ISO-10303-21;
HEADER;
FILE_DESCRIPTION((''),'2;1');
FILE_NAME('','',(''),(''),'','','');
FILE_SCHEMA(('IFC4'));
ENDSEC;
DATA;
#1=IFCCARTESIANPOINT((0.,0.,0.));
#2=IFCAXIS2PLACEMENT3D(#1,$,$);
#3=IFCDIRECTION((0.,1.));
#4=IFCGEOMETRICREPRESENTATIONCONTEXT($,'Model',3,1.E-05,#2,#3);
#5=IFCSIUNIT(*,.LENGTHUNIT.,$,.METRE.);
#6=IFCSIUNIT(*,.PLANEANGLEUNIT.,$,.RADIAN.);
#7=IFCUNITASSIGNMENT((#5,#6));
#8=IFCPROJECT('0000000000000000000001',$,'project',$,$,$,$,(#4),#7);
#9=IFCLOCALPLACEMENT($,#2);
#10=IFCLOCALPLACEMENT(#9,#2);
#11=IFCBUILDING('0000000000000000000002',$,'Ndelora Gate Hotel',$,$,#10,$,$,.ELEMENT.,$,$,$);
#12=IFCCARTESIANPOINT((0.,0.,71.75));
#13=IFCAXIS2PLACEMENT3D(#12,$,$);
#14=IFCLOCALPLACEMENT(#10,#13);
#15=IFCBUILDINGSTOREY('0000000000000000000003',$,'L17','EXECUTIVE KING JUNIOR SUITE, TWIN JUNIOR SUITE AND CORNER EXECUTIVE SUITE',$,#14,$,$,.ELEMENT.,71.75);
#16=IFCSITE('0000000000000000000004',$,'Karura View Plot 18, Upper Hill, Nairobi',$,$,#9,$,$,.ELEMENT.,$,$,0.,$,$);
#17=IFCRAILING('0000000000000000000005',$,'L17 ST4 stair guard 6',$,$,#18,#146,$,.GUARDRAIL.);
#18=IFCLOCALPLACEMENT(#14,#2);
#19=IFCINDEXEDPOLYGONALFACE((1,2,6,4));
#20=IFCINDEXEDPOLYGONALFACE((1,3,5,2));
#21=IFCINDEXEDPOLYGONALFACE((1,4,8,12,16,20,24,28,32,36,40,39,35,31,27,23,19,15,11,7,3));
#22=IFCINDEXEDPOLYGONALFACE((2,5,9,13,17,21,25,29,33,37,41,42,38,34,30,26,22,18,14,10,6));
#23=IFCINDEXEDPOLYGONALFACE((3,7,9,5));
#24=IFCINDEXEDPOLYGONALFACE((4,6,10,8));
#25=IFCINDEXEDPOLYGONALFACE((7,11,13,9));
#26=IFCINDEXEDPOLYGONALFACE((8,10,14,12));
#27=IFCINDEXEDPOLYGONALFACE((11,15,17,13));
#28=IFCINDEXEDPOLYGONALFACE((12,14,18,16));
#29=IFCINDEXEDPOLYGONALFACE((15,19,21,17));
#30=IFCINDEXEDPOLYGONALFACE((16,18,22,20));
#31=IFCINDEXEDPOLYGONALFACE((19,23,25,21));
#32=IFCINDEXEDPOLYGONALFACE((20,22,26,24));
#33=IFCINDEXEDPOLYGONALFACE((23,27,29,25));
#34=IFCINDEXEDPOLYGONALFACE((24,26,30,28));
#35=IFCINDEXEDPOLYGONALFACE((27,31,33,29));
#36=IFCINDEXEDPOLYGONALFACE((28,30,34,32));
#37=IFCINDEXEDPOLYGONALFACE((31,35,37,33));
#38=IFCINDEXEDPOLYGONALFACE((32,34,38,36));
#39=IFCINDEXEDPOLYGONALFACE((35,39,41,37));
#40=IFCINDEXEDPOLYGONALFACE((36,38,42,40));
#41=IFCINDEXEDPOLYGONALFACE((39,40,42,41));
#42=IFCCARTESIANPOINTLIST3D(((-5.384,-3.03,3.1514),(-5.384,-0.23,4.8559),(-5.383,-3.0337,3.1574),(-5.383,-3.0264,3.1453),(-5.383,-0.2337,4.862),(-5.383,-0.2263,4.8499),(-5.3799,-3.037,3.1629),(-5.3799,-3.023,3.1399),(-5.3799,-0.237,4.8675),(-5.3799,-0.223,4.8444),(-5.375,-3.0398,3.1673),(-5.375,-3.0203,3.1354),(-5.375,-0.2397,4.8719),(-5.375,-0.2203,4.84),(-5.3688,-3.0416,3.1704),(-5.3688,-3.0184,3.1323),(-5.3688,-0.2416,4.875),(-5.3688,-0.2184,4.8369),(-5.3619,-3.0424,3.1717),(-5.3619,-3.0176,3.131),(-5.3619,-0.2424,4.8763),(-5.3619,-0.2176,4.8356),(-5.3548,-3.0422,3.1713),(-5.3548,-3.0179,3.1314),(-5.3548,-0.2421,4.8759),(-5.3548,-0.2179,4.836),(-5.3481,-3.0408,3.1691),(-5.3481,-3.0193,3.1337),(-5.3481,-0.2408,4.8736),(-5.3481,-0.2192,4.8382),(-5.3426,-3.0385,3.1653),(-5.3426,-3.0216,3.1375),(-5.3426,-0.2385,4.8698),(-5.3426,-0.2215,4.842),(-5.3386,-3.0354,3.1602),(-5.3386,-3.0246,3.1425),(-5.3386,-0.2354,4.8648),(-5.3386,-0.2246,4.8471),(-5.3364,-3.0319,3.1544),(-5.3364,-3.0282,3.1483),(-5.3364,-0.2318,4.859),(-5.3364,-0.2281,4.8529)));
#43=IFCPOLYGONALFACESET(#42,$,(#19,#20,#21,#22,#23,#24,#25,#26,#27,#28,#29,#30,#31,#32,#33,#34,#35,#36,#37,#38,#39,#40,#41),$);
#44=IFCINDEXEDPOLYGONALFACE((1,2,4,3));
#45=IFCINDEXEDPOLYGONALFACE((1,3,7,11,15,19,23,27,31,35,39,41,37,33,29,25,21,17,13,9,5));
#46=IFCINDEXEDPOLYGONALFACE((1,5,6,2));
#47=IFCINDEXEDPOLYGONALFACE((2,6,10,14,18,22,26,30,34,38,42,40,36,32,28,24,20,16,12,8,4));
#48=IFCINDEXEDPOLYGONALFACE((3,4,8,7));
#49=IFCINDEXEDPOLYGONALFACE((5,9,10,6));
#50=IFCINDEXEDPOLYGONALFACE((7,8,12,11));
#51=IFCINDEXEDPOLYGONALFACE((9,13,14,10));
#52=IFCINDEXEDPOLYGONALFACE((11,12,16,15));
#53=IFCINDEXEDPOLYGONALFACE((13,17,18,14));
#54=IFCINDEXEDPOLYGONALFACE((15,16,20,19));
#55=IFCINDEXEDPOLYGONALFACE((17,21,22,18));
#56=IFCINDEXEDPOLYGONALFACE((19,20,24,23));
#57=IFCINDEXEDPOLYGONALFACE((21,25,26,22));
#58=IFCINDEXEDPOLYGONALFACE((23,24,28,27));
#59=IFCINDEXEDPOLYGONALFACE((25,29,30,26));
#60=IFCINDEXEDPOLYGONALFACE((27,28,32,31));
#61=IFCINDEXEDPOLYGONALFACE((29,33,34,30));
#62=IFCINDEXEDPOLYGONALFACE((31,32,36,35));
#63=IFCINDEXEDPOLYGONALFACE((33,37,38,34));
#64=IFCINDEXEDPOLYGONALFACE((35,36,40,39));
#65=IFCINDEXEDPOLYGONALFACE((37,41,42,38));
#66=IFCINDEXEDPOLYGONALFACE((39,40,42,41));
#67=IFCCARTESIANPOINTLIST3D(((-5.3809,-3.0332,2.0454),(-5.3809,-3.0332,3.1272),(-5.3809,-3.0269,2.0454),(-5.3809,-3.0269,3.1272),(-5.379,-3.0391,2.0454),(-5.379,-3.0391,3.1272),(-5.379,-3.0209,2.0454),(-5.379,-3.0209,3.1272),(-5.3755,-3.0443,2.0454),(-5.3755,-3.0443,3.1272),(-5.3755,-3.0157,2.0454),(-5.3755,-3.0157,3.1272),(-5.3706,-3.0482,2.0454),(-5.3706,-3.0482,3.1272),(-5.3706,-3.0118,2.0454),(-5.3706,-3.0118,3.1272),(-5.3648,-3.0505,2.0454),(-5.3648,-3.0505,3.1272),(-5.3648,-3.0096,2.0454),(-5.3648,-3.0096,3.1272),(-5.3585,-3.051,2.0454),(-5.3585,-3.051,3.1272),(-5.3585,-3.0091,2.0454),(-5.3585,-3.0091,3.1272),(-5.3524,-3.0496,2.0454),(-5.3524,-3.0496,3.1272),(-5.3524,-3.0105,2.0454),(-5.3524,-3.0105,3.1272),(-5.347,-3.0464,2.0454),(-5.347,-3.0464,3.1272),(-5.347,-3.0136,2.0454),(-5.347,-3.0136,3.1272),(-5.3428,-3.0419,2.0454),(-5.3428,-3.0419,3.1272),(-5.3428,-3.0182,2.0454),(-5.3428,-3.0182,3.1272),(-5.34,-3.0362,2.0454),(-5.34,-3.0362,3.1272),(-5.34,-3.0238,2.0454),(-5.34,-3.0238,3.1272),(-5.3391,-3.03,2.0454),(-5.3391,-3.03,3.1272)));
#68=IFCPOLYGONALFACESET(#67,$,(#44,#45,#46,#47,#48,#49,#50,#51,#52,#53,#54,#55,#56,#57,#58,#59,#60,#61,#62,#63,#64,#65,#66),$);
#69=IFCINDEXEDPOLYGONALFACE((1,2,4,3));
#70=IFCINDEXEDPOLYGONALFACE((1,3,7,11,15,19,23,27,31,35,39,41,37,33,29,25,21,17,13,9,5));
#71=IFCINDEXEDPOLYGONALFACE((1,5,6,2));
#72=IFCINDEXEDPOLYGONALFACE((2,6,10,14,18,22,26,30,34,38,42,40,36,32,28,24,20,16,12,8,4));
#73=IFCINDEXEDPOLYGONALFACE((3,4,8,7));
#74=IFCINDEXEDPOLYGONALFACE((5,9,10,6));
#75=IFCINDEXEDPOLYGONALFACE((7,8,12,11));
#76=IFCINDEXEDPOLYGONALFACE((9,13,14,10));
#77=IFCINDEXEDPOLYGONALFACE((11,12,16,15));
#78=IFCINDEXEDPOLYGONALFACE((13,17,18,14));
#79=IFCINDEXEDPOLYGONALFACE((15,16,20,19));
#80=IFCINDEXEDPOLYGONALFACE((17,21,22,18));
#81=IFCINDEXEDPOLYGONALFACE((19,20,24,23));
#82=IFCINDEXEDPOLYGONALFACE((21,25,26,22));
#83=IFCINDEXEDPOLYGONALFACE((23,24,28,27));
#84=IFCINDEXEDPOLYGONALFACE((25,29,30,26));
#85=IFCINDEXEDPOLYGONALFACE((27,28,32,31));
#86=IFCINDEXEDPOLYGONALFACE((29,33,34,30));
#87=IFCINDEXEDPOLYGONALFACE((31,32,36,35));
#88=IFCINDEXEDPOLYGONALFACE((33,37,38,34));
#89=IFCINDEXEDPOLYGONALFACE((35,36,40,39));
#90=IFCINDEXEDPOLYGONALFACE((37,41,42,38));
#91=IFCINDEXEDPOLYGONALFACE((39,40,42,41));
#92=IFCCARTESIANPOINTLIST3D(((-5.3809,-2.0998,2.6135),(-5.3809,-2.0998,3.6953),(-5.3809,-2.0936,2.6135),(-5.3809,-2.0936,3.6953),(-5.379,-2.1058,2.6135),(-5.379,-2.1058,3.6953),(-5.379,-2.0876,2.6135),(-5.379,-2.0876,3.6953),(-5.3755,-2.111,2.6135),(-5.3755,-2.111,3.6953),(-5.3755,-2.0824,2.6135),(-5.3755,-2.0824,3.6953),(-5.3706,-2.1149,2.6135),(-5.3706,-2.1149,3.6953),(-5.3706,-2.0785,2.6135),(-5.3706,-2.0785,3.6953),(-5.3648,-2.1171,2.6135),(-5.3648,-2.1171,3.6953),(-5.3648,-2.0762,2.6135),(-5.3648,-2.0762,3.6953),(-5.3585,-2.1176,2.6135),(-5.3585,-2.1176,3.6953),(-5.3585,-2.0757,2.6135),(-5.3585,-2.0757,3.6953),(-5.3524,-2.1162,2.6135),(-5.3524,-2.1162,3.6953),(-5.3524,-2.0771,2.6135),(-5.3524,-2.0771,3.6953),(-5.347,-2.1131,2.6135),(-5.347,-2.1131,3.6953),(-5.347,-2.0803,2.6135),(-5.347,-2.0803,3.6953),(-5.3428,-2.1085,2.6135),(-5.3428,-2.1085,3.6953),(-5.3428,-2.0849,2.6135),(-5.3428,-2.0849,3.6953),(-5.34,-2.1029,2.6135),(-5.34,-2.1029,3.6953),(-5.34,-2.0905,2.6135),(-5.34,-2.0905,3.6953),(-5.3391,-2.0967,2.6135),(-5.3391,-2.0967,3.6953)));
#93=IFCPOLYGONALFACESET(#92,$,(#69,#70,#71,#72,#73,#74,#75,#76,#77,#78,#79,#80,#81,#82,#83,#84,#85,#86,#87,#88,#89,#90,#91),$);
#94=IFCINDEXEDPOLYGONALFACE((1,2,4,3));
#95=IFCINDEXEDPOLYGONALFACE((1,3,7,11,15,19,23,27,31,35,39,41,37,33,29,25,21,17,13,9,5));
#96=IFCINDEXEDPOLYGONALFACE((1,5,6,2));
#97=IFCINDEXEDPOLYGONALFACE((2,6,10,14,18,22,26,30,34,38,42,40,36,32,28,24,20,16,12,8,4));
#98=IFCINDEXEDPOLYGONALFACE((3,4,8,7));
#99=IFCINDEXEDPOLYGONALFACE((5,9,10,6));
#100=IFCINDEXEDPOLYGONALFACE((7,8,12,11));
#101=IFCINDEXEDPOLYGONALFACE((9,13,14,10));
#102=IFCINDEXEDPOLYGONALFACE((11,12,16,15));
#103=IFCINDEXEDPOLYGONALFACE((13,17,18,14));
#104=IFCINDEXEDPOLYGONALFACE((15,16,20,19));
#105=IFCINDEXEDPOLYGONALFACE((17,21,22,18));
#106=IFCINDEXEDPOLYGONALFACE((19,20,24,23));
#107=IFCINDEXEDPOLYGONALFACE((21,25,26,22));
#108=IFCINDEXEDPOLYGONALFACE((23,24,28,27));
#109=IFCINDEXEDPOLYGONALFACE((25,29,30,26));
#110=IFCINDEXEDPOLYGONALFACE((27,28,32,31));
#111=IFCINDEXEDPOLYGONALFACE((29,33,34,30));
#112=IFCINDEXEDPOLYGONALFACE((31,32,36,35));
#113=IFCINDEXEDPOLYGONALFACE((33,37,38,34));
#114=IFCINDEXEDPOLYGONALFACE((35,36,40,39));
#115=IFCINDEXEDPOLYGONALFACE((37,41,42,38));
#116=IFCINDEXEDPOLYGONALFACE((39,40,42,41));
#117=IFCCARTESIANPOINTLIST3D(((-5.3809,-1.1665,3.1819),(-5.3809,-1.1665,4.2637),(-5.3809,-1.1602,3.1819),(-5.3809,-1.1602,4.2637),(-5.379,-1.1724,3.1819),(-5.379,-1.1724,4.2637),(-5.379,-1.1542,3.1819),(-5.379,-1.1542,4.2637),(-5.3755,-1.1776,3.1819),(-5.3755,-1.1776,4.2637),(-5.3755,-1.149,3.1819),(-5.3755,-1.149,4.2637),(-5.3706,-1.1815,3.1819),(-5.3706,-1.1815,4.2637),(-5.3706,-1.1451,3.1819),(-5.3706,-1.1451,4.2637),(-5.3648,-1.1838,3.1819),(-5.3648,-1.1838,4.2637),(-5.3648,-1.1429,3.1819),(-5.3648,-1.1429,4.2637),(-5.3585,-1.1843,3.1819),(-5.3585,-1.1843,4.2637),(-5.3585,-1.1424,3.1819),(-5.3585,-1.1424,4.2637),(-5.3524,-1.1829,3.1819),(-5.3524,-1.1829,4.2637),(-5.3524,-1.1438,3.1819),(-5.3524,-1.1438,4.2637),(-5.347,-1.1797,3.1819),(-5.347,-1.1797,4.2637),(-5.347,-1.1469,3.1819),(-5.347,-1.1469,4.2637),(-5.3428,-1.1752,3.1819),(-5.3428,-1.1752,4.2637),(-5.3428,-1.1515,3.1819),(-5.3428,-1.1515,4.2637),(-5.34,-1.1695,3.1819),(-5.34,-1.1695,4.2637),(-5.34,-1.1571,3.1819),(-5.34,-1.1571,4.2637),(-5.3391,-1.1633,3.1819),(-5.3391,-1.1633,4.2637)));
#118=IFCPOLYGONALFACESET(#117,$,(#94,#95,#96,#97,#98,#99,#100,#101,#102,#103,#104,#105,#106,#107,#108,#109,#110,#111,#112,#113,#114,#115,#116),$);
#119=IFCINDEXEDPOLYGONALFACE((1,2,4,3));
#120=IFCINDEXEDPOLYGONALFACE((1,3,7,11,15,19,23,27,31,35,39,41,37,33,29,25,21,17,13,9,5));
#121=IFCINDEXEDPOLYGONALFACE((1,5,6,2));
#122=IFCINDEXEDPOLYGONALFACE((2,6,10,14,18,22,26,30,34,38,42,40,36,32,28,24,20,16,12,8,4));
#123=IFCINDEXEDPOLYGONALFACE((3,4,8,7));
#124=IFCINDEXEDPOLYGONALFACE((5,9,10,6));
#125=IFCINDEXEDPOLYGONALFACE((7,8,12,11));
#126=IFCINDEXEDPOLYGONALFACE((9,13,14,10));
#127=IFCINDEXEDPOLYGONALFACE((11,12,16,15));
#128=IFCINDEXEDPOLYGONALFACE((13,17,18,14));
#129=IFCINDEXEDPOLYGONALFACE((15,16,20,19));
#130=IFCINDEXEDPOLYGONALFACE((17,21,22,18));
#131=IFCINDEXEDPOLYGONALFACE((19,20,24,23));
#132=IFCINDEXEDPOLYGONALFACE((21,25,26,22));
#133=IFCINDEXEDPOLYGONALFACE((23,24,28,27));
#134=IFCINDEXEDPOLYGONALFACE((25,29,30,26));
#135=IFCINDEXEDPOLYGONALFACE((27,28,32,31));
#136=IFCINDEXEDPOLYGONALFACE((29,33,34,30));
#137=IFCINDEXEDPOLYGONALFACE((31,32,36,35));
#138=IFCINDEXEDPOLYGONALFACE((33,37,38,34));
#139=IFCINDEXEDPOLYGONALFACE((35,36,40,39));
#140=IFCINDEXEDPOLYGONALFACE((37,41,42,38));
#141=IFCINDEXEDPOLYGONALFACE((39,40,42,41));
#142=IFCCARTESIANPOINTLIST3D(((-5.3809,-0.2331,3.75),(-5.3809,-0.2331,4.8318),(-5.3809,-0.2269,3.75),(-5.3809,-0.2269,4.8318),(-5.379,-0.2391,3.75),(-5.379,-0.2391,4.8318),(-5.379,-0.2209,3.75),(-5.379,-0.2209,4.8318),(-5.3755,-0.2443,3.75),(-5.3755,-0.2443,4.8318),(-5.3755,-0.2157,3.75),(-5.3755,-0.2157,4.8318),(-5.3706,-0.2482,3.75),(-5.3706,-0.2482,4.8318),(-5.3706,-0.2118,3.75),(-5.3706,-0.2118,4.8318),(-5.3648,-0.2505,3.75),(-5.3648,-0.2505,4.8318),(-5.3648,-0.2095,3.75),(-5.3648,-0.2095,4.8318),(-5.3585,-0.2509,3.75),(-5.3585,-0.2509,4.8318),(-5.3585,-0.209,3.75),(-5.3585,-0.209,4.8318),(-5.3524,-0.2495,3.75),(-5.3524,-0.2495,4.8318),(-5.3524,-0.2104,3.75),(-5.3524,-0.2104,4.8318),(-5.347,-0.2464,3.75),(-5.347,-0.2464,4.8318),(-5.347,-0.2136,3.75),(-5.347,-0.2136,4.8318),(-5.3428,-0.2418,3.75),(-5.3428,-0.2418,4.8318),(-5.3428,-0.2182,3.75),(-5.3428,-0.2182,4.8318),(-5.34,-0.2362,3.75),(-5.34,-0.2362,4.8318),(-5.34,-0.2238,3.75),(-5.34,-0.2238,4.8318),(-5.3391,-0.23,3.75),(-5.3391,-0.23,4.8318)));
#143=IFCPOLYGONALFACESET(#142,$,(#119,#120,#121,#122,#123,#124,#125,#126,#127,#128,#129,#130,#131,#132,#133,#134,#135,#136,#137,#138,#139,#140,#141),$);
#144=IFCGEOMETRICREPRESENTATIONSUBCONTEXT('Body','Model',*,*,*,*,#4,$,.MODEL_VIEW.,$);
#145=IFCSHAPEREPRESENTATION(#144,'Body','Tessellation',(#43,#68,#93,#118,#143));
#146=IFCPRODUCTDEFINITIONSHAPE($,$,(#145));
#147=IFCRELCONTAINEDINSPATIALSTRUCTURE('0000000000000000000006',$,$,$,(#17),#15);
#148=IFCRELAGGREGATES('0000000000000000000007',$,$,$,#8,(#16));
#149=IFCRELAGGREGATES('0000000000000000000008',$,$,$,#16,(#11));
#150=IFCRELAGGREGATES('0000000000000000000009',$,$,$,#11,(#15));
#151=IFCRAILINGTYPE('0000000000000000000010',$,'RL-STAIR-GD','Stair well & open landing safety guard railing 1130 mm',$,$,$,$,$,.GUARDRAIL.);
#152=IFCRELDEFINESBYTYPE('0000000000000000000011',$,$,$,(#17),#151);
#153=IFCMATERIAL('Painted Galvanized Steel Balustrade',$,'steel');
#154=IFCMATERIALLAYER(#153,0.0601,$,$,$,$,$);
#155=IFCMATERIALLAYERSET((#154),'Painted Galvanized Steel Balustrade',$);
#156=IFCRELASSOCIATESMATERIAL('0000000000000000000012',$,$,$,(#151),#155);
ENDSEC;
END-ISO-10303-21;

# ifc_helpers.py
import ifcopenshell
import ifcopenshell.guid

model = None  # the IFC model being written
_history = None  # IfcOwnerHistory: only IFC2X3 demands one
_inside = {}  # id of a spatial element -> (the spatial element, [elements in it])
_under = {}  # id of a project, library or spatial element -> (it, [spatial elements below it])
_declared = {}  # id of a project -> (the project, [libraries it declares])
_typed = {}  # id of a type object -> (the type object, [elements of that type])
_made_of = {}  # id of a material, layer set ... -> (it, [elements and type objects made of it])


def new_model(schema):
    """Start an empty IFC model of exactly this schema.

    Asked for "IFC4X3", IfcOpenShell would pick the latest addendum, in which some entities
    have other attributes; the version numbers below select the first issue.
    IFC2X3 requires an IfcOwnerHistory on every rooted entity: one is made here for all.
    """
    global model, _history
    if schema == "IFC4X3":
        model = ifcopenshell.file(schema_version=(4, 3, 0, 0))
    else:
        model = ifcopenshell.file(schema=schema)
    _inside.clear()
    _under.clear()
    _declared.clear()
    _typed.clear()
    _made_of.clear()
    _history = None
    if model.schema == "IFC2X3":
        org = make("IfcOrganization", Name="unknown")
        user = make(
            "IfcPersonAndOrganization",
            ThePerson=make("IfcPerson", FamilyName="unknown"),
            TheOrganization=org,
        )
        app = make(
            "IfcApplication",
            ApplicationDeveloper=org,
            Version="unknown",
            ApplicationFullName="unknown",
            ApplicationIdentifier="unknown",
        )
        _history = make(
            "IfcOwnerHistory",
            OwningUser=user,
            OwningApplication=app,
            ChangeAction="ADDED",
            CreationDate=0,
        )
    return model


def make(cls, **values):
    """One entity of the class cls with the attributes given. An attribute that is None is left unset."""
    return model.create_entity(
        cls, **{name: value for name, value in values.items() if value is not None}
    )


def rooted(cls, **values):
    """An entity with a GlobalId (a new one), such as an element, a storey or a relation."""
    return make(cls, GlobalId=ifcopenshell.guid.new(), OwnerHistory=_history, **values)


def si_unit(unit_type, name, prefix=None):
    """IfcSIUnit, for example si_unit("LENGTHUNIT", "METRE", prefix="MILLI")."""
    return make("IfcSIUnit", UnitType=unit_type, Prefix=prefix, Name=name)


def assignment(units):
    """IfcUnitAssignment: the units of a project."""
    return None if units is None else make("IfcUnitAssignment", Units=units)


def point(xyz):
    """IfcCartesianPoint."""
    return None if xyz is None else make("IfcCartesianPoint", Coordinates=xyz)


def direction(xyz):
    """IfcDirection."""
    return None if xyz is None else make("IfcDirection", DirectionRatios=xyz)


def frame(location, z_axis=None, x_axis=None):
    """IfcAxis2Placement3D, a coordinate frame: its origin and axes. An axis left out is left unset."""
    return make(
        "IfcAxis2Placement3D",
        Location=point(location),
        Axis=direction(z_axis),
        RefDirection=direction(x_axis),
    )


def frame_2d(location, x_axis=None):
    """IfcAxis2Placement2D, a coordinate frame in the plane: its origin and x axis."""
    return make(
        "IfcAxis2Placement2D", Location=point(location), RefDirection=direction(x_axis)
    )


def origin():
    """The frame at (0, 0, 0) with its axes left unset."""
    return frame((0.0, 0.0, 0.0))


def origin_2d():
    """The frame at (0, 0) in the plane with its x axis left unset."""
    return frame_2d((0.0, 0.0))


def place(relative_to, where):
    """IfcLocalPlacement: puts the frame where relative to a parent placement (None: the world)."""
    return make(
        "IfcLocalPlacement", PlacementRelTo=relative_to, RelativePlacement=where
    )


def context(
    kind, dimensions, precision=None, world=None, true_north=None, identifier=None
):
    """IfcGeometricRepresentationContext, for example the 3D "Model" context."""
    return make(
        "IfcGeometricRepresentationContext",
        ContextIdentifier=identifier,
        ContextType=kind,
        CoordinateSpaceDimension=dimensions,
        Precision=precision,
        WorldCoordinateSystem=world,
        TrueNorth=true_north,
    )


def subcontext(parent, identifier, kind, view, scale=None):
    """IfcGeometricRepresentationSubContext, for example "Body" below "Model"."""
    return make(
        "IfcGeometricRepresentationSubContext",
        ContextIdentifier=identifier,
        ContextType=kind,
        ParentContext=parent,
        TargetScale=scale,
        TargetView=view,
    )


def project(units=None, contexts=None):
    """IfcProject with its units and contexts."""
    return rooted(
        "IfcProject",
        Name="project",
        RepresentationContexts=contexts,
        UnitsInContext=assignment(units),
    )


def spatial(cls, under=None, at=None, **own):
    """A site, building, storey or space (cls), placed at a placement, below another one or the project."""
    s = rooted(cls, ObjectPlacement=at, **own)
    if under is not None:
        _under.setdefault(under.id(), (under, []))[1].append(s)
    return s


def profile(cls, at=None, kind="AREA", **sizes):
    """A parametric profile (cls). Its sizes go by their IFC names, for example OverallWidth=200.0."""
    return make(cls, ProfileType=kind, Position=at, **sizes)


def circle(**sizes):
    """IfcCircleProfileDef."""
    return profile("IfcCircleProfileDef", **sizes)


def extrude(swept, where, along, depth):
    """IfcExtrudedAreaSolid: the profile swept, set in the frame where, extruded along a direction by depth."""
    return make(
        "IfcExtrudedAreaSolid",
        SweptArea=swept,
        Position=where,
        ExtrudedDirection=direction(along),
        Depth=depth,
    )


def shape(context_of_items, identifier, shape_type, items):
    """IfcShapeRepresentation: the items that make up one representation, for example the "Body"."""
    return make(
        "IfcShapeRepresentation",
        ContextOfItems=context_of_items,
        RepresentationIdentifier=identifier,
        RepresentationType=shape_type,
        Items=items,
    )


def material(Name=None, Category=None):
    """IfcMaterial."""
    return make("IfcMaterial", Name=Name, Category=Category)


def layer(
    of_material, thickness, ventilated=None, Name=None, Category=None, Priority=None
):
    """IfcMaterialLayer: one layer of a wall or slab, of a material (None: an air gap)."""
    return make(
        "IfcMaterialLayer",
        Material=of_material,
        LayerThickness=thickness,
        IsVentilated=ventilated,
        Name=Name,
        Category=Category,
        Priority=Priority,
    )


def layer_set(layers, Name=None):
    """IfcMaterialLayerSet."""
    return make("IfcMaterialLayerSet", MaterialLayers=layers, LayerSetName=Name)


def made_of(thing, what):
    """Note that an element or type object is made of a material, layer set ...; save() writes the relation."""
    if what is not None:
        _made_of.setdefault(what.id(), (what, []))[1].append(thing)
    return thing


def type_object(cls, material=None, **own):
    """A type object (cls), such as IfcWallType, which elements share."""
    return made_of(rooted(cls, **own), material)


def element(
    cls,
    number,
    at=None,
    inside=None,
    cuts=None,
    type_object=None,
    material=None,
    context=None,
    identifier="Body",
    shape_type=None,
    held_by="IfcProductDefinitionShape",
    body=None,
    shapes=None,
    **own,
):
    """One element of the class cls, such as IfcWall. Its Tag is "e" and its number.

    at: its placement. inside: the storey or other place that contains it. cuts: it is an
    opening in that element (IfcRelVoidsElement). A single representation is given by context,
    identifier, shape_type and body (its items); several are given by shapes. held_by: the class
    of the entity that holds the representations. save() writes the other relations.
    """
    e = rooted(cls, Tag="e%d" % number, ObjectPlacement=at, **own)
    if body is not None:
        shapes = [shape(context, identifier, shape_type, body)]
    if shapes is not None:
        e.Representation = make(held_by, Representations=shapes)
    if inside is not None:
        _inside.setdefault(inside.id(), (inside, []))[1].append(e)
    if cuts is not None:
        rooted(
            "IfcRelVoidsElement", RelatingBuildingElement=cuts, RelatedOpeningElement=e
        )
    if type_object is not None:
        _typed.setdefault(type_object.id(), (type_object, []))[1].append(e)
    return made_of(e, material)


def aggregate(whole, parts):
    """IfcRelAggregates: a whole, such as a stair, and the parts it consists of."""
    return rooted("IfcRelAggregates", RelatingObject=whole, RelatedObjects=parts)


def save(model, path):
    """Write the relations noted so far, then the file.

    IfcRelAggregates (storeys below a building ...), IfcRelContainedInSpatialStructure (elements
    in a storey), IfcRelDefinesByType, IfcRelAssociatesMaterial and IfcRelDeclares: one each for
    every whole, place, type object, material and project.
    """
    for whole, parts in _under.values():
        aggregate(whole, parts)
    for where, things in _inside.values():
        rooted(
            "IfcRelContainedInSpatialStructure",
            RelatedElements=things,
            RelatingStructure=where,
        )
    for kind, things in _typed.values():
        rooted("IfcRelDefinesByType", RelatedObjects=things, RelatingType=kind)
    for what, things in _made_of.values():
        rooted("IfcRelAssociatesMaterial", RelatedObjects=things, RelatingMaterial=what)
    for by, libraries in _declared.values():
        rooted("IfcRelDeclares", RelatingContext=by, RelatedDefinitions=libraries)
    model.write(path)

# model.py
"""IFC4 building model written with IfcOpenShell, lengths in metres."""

from ifc_helpers import new_model, si_unit, direction, frame, origin, origin_2d, place, context, subcontext, project, spatial, circle, extrude, material, layer, layer_set, type_object, element, save


model = new_model("IFC4")

# Units and contexts
model_context = context("Model", 3, precision=1e-05, world=origin(), true_north=direction((0.0, 1.0)))
body_context = subcontext(model_context, "Body", "Model", "MODEL_VIEW")
ifc_project = project(units=[si_unit("LENGTHUNIT", "METRE"), si_unit("PLANEANGLEUNIT", "RADIAN")], contexts=[model_context])

# Site, building, storey
site_placement = place(None, origin())
site = spatial("IfcSite", under=ifc_project, at=site_placement, Name="Karura View Plot 18, Upper Hill, Nairobi", CompositionType="ELEMENT", RefElevation=0.0)
building_placement = place(site_placement, origin())
building = spatial("IfcBuilding", under=site, at=building_placement, Name="Ndelora Gate Hotel", CompositionType="ELEMENT")
storey_placement = place(building_placement, frame((0.0, 0.0, 71.75)))
storey = spatial("IfcBuildingStorey", under=building, at=storey_placement, Name="L17", Description="EXECUTIVE KING JUNIOR SUITE, TWIN JUNIOR SUITE AND CORNER EXECUTIVE SUITE", CompositionType="ELEMENT", Elevation=71.75)

# Railing
ifc_material_1 = material(Name="Painted Galvanized Steel Balustrade", Category="steel")
ifc_layer_1 = layer(ifc_material_1, 0.0601)
ifc_layer_set_1 = layer_set([ifc_layer_1], Name="Painted Galvanized Steel Balustrade")
railing_type_1 = type_object("IfcRailingType", Name="RL-STAIR-GD", Description="Stair well & open landing safety guard railing 1130 mm", PredefinedType="GUARDRAIL", material=ifc_layer_set_1)
railing_1_placement = place(storey_placement, frame((-5.3601, -3.03, 2.0454)))
element("IfcRailing", 1, at=railing_1_placement, inside=storey, type_object=railing_type_1, Name="L17 ST4 stair guard 6", PredefinedType="GUARDRAIL", context=body_context, shape_type="SweptSolid", body=[
    extrude(circle(Radius=0.0239, at=origin_2d()), frame((0.0, 0.0, 1.106), z_axis=(0.0, 0.85417, 0.519994), x_axis=(-1.0, 0.0, 0.0)), (0.0, 0.0, 1.0), 3.2781),
    extrude(circle(Radius=0.021, at=origin_2d()), origin(), (0.0, 0.0, 1.0), 1.0818),
    extrude(circle(Radius=0.021, at=origin_2d()), frame((0.0, 0.9333, 0.5681)), (0.0, 0.0, 1.0), 1.0818),
    extrude(circle(Radius=0.021, at=origin_2d()), frame((0.0, 1.8667, 1.1365)), (0.0, 0.0, 1.0), 1.0818),
    extrude(circle(Radius=0.021, at=origin_2d()), frame((0.0, 2.8, 1.7046)), (0.0, 0.0, 1.0), 1.0818),
])

save(model, "model.ifc")
